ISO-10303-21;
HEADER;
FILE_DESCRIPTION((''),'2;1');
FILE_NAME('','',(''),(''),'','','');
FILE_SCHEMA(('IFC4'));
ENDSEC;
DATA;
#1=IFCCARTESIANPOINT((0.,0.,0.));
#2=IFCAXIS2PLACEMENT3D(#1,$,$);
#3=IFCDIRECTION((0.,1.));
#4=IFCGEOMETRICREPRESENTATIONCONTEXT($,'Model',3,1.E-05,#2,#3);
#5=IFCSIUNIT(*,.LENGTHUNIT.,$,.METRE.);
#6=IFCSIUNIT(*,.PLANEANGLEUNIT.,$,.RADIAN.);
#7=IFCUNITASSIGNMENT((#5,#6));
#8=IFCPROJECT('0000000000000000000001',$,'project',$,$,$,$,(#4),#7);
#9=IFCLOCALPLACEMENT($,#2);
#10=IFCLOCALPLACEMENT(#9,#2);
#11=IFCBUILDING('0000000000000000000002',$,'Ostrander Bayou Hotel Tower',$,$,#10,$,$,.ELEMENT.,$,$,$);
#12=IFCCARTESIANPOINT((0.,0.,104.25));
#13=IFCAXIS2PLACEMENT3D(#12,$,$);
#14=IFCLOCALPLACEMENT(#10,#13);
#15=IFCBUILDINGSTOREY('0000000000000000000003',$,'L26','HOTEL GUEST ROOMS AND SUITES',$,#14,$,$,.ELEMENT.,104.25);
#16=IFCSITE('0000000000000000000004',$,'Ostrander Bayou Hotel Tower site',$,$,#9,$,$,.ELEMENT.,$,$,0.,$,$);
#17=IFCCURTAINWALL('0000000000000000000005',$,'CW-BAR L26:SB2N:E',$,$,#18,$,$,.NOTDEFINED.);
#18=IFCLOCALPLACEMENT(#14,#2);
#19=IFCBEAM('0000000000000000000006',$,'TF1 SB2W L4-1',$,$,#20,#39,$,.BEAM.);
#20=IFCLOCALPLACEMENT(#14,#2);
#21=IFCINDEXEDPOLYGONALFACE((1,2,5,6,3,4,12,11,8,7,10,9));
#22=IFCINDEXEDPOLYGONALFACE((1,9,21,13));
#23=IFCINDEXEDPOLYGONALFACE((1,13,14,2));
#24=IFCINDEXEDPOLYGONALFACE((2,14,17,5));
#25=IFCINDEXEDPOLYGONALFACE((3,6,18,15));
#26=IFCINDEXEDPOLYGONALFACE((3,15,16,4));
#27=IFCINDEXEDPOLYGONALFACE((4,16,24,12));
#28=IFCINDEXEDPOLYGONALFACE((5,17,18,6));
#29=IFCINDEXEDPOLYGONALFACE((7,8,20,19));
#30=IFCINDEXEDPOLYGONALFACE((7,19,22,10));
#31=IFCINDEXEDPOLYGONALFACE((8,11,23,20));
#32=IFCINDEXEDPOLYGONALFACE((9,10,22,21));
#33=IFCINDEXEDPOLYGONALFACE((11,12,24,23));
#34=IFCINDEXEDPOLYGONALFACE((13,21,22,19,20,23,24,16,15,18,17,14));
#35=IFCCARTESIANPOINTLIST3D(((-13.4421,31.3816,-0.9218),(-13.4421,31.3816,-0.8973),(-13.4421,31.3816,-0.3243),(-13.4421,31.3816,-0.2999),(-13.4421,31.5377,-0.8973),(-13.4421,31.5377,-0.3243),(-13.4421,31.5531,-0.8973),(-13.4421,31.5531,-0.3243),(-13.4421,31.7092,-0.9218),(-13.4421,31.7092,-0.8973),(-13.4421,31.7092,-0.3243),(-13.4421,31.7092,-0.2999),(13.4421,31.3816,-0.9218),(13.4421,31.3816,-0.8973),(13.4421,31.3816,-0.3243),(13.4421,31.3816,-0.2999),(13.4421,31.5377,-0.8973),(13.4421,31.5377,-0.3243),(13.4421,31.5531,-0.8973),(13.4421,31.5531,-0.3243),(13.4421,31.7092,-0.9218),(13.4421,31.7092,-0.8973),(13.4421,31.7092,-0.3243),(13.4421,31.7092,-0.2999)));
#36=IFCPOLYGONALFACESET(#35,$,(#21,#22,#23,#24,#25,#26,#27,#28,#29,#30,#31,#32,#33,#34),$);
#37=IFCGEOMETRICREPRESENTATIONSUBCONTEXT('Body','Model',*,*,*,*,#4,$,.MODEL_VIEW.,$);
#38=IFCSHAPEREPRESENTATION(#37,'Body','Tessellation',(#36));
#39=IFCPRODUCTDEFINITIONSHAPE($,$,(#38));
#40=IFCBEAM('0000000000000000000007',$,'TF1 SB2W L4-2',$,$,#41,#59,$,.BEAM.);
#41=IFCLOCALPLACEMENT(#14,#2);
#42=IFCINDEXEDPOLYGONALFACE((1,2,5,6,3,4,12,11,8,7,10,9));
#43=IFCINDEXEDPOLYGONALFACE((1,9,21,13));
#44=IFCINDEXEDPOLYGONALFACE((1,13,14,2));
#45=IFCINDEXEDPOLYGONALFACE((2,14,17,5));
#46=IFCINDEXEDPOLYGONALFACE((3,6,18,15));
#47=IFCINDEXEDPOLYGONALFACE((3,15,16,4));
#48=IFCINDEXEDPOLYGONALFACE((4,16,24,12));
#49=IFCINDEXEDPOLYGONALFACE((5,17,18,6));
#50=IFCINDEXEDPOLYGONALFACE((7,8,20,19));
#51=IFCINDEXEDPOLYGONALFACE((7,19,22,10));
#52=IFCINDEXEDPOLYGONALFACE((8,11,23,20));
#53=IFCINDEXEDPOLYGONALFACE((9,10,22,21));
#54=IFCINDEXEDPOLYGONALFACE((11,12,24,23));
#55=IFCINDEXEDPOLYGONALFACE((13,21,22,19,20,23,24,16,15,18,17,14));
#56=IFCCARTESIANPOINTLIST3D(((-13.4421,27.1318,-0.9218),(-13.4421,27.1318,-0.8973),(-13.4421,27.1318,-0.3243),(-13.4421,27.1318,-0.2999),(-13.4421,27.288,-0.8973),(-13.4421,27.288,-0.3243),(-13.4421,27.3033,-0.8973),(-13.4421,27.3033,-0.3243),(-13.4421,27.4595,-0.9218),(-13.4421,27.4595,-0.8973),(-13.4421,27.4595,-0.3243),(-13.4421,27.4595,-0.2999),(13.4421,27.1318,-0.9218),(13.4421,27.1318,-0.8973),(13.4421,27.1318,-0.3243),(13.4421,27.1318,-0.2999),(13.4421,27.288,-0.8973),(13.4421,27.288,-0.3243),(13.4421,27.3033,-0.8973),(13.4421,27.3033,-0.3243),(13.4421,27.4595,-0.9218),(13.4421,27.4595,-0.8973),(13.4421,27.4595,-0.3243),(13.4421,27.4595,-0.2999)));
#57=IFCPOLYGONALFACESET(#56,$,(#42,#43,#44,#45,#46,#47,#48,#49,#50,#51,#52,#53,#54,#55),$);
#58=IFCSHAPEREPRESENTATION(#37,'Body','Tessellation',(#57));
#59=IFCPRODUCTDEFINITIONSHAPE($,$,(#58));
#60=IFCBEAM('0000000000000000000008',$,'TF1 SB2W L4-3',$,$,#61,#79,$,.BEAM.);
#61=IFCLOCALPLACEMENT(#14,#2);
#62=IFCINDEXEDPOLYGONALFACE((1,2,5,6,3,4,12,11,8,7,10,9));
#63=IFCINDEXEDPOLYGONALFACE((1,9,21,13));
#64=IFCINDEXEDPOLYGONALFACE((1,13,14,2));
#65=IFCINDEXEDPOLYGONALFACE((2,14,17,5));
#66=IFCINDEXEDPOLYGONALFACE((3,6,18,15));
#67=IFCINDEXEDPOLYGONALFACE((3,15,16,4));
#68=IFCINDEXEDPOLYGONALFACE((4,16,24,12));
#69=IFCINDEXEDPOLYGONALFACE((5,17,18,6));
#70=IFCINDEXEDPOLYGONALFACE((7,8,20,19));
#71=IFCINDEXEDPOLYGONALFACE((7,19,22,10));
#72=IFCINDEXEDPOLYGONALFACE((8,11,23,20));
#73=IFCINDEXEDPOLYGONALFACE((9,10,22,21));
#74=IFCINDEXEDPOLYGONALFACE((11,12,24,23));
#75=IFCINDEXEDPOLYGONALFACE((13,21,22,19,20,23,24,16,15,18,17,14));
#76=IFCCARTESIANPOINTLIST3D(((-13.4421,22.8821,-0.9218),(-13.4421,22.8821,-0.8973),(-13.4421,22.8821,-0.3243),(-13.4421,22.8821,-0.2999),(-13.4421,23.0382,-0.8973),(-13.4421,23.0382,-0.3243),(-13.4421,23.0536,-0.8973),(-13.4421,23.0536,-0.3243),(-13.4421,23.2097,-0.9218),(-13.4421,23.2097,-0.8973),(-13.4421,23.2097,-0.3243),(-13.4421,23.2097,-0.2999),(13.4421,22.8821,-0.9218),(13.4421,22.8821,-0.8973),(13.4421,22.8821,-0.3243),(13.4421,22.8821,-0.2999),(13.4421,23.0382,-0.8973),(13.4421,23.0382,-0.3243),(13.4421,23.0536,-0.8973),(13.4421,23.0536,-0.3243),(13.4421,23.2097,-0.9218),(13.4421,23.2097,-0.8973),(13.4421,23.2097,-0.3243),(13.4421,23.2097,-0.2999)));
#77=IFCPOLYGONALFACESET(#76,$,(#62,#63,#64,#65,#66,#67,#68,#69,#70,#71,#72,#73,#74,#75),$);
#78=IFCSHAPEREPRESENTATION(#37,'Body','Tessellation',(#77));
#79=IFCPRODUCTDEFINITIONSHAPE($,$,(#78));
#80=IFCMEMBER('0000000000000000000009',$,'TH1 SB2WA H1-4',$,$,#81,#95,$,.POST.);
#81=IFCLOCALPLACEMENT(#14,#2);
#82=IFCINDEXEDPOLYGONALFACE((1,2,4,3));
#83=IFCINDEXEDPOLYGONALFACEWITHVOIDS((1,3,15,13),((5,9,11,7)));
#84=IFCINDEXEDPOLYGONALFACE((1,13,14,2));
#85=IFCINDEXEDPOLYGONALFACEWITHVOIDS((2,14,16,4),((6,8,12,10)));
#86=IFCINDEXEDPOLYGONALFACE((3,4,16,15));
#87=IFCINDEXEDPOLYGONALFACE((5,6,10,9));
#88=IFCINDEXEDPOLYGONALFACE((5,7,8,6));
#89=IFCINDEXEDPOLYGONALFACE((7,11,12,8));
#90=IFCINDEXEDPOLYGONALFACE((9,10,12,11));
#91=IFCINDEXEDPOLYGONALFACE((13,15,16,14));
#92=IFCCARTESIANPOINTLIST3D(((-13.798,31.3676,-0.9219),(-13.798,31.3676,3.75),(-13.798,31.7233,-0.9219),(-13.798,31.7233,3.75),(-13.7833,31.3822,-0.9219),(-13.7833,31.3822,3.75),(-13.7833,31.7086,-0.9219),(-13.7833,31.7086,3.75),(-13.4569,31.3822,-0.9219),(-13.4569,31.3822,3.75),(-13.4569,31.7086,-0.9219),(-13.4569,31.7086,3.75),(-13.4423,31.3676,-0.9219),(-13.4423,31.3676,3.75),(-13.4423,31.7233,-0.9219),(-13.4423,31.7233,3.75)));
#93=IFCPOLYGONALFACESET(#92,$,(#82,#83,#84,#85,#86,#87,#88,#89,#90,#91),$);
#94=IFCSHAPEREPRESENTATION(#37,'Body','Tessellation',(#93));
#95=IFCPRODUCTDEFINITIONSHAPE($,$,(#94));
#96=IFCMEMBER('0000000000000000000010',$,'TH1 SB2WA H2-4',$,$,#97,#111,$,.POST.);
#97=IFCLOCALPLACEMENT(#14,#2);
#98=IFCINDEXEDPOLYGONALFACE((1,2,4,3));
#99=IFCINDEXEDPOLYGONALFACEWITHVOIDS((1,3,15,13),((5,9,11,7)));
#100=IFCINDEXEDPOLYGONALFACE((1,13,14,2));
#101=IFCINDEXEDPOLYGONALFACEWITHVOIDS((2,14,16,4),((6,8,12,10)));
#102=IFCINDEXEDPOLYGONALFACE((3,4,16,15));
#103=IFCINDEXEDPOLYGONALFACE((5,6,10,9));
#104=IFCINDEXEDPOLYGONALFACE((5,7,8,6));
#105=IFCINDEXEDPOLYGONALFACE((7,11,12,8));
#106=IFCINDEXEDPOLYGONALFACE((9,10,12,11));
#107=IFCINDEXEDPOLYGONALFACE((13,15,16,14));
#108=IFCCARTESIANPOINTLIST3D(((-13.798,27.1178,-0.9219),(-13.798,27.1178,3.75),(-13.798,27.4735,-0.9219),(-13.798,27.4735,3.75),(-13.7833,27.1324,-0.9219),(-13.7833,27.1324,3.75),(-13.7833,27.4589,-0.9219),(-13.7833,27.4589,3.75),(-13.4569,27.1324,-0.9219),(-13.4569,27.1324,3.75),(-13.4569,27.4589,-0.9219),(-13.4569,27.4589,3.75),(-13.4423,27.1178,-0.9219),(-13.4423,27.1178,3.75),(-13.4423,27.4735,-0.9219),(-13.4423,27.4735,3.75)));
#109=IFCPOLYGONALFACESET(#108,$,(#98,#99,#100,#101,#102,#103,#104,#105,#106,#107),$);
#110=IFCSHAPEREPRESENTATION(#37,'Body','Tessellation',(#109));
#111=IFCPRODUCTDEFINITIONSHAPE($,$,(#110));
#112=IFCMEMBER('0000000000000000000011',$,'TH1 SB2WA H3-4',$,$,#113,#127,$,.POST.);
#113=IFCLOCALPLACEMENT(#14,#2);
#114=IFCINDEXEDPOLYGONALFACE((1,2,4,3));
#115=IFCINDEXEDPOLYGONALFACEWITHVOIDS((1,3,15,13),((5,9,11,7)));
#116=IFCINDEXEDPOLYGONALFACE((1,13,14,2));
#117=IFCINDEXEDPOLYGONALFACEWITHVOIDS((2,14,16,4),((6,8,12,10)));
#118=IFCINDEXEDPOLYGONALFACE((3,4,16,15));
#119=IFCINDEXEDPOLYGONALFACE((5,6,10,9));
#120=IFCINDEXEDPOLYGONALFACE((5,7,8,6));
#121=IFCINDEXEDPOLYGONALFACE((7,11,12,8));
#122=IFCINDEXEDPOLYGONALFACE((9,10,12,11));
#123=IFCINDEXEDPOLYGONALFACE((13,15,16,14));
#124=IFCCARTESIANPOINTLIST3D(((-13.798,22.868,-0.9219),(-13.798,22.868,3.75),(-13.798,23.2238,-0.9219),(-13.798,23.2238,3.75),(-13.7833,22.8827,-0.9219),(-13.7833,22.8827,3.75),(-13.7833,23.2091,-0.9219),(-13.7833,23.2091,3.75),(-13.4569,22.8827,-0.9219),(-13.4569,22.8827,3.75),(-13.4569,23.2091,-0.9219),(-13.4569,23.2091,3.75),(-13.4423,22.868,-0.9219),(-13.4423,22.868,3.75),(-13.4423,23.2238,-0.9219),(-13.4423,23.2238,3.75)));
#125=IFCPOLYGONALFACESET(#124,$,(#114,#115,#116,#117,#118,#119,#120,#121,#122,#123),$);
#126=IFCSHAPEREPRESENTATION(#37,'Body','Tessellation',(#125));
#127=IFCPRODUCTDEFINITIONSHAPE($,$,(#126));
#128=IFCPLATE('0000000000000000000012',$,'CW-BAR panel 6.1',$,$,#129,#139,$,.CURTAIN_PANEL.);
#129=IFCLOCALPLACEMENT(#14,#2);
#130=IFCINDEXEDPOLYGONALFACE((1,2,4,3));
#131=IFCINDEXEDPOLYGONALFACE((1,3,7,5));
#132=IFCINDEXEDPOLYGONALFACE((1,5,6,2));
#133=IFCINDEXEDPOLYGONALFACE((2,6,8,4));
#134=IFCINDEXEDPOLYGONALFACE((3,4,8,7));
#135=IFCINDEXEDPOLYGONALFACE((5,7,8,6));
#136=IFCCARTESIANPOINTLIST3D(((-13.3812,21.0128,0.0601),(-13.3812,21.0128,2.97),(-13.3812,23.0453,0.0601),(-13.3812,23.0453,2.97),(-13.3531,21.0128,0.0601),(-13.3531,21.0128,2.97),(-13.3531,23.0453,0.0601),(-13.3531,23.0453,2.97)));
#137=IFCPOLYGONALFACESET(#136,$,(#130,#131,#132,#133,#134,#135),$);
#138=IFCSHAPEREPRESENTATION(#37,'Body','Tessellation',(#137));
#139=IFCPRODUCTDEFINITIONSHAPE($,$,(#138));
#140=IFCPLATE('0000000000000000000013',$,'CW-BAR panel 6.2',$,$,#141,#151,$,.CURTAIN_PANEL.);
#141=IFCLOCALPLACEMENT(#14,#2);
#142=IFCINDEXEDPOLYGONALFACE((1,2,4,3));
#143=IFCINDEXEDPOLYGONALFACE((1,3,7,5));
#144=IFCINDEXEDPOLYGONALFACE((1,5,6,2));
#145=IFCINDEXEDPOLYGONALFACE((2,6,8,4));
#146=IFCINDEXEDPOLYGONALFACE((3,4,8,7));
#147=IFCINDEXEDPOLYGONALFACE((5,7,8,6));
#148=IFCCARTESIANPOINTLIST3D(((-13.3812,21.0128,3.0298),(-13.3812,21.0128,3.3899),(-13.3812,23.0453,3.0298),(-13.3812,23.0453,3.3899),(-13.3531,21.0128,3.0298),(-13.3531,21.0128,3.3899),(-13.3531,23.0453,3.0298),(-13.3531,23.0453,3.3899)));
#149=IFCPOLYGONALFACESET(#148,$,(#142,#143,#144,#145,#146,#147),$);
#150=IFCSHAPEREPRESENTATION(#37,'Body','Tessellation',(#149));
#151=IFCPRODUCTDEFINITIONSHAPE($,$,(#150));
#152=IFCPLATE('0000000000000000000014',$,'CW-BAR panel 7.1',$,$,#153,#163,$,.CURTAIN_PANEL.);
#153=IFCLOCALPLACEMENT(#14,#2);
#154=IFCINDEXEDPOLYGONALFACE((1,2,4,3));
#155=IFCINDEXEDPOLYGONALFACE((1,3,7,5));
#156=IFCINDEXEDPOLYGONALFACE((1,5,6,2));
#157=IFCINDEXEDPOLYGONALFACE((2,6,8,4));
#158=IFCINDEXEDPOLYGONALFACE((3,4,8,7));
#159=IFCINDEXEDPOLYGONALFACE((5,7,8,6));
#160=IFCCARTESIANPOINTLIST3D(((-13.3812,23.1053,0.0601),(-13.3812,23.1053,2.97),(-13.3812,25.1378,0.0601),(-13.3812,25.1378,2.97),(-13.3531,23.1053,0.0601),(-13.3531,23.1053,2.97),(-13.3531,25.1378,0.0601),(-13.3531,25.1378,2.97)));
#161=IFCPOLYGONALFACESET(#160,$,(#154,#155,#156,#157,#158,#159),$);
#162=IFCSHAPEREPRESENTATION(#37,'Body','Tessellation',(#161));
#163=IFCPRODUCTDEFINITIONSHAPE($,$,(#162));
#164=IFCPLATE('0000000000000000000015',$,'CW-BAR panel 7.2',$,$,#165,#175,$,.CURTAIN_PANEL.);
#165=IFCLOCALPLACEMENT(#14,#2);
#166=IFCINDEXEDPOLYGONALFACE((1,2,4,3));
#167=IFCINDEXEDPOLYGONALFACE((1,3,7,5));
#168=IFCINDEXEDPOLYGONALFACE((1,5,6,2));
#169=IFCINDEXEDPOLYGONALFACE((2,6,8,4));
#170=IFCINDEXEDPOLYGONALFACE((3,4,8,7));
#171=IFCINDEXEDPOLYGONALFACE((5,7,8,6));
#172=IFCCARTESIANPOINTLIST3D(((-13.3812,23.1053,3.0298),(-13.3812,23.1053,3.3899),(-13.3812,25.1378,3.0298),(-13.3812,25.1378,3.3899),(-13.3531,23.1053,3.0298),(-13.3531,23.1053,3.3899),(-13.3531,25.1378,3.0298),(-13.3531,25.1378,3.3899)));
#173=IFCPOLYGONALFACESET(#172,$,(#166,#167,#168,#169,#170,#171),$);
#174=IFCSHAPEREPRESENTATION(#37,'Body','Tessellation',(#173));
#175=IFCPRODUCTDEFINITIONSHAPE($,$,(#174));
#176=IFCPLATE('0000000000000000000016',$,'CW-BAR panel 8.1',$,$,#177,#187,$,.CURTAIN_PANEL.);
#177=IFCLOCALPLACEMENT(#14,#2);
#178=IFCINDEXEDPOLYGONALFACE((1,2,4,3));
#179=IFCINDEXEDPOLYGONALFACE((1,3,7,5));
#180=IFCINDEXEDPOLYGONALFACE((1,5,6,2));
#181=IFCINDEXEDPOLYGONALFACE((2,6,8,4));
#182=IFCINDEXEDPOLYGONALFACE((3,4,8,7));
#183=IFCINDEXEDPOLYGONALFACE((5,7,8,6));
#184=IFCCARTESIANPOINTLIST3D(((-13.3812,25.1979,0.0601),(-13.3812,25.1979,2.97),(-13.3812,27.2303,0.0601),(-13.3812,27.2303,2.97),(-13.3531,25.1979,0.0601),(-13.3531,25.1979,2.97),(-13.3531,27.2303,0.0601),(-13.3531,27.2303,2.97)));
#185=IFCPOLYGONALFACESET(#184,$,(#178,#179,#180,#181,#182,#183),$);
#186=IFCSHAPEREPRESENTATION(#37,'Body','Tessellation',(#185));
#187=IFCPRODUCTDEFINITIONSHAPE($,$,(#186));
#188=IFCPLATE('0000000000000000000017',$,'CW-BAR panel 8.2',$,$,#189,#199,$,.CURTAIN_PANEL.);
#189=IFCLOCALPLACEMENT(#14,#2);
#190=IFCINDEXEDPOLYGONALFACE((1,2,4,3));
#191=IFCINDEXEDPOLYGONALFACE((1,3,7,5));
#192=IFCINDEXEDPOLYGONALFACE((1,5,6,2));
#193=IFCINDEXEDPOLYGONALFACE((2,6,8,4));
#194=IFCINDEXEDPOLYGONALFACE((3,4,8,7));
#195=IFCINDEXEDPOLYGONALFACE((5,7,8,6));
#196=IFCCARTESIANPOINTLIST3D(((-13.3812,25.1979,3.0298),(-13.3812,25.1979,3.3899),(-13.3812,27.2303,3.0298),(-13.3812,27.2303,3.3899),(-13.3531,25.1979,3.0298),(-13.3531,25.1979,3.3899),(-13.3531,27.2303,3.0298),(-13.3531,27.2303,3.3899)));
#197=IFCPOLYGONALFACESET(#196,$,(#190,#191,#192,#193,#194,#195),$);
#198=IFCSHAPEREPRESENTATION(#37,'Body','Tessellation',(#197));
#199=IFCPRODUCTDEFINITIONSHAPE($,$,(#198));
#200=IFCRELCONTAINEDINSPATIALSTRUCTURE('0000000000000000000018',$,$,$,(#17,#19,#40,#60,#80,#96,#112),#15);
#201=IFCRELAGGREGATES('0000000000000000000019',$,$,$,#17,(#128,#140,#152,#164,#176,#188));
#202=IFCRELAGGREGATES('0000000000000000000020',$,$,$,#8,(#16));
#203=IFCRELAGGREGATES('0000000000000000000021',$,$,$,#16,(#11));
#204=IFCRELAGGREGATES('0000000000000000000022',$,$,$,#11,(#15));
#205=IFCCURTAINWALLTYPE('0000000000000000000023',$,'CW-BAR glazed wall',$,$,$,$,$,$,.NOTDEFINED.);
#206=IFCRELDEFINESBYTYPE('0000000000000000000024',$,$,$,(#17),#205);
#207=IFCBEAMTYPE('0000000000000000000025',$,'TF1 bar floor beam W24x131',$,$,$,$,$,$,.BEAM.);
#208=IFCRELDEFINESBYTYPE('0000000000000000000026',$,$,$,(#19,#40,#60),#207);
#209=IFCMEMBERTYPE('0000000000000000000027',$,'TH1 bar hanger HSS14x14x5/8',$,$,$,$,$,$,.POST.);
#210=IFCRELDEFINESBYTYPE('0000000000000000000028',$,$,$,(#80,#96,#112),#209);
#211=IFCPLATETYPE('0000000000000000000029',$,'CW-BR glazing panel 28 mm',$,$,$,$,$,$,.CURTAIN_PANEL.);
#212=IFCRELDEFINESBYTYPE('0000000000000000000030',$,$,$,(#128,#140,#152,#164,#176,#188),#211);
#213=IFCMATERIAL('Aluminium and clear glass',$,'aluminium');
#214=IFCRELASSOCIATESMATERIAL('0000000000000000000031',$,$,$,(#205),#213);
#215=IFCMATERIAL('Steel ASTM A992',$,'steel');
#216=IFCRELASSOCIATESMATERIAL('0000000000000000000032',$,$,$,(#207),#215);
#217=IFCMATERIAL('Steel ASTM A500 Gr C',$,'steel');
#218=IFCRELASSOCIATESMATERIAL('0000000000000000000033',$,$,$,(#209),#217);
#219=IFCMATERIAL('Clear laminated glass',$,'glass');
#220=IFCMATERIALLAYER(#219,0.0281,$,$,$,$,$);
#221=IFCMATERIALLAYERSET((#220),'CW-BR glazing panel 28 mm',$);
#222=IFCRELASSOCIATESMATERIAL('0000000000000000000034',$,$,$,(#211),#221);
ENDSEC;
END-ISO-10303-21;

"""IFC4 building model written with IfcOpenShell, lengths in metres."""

from ifc_helpers import new_model, si_unit, direction, frame, origin, origin_2d, place, context, subcontext, project, spatial, rectangle, hollow_rectangle, i_section, extrude, material, layer, layer_set, material_profile, profile_set, type_object, element, aggregate, save


model = new_model("IFC4")

# Units and contexts
model_context = context("Model", 3, precision=1e-05, world=origin(), true_north=direction((0.0, 1.0)))
body_context = subcontext(model_context, "Body", "Model", "MODEL_VIEW")
ifc_project = project(units=[si_unit("LENGTHUNIT", "METRE"), si_unit("PLANEANGLEUNIT", "RADIAN")], contexts=[model_context])

# Site, building, storey
site_placement = place(None, origin())
site = spatial("IfcSite", under=ifc_project, at=site_placement, Name="Ostrander Bayou Hotel Tower site", CompositionType="ELEMENT", RefElevation=0.0)
building_placement = place(site_placement, origin())
building = spatial("IfcBuilding", under=site, at=building_placement, Name="Ostrander Bayou Hotel Tower", CompositionType="ELEMENT")
storey_placement = place(building_placement, frame((0.0, 0.0, 104.25)))
storey = spatial("IfcBuildingStorey", under=building, at=storey_placement, Name="L26", Description="HOTEL GUEST ROOMS AND SUITES", CompositionType="ELEMENT", Elevation=104.25)

# Curtain wall
ifc_material_1 = material(Name="Aluminium and clear glass", Category="aluminium")
curtain_wall_type = type_object("IfcCurtainWallType", Name="CW-BAR glazed wall", PredefinedType="NOTDEFINED", material=ifc_material_1)
curtain_wall_1_placement = place(storey_placement, origin())
curtain_wall_1 = element("IfcCurtainWall", 1, at=curtain_wall_1_placement, inside=storey, type_object=curtain_wall_type, Name="CW-BAR L26:SB2N:E", PredefinedType="NOTDEFINED")

# Beams
ifc_material_2 = material(Name="Steel ASTM A992", Category="steel")
ifc_material_profile_1 = material_profile(ifc_material_2, i_section(OverallWidth=0.3276, OverallDepth=0.6218, WebThickness=0.0154, FlangeThickness=0.0244, at=origin_2d()))
ifc_profile_set_1 = profile_set([ifc_material_profile_1], Name="Steel ASTM A992")
beam_type = type_object("IfcBeamType", Name="TF1 bar floor beam W24x131", PredefinedType="BEAM", material=ifc_profile_set_1)
for number, where, z_axis, x_axis, name in (
    (2, (-13.4421, 31.5454, -0.6108), (1.0, 0.0, 0.0), (0.0, 1.0, 0.0), "TF1 SB2W L4-1"),
    (3, (-13.4421, 27.2957, -0.6108), (1.0, 0.0, 0.0), (0.0, 1.0, 0.0), "TF1 SB2W L4-2"),
    (4, (-13.4421, 23.0459, -0.6108), (1.0, 0.0, 0.0), (0.0, 1.0, 0.0), "TF1 SB2W L4-3"),
):
    element("IfcBeam", number, at=place(storey_placement, frame(where, z_axis=z_axis, x_axis=x_axis)), inside=storey, type_object=beam_type, Name=name, PredefinedType="BEAM", context=body_context, shape_type="SweptSolid", body=[
        extrude(i_section(OverallWidth=0.3276, OverallDepth=0.6218, WebThickness=0.0154, FlangeThickness=0.0244, at=origin_2d()), origin(), (0.0, 0.0, 1.0), 26.8843),
    ])

# Members
ifc_material_3 = material(Name="Steel ASTM A500 Gr C", Category="steel")
ifc_material_profile_2 = material_profile(ifc_material_3, hollow_rectangle(XDim=0.3557, YDim=0.3557, WallThickness=0.0146, at=origin_2d()))
ifc_profile_set_2 = profile_set([ifc_material_profile_2], Name="Steel ASTM A500 Gr C")
member_type_1 = type_object("IfcMemberType", Name="TH1 bar hanger HSS14x14x5/8", PredefinedType="POST", material=ifc_profile_set_2)
for number, where, z_axis, x_axis, name in (
    (5, (-13.6201, 31.5454, -0.9219), (0.0, 0.0, 1.0), (1.0, 0.0, 0.0), "TH1 SB2WA H1-4"),
    (6, (-13.6201, 27.2957, -0.9219), (0.0, 0.0, 1.0), (1.0, 0.0, 0.0), "TH1 SB2WA H2-4"),
    (7, (-13.6201, 23.0459, -0.9219), (0.0, 0.0, 1.0), (1.0, 0.0, 0.0), "TH1 SB2WA H3-4"),
):
    element("IfcMember", number, at=place(storey_placement, frame(where, z_axis=z_axis, x_axis=x_axis)), inside=storey, type_object=member_type_1, Name=name, PredefinedType="POST", context=body_context, shape_type="SweptSolid", body=[
        extrude(hollow_rectangle(XDim=0.3557, YDim=0.3557, WallThickness=0.0146, at=origin_2d()), origin(), (0.0, 0.0, 1.0), 4.6719),
    ])

# Plates
ifc_material_4 = material(Name="Clear laminated glass", Category="glass")
ifc_layer_1 = layer(ifc_material_4, 0.0281)
ifc_layer_set_1 = layer_set([ifc_layer_1], Name="CW-BR glazing panel 28 mm")
plate_type = type_object("IfcPlateType", Name="CW-BR glazing panel 28 mm", PredefinedType="CURTAIN_PANEL", material=ifc_layer_set_1)
plate_1_placement = place(storey_placement, frame((-13.3672, 22.0291, 0.0601), z_axis=(0.0, 0.0, 1.0), x_axis=(0.0, 1.0, 0.0)))
plate_1 = element("IfcPlate", 8, at=plate_1_placement, type_object=plate_type, Name="CW-BAR panel 6.1", PredefinedType="CURTAIN_PANEL", context=body_context, shape_type="SweptSolid", body=[
    extrude(rectangle(XDim=2.0325, YDim=0.0281, at=origin_2d()), origin(), (0.0, 0.0, 1.0), 2.9099),
])
plate_2_placement = place(storey_placement, frame((-13.3672, 22.0291, 3.0298), z_axis=(0.0, 0.0, 1.0), x_axis=(0.0, 1.0, 0.0)))
plate_2 = element("IfcPlate", 9, at=plate_2_placement, type_object=plate_type, Name="CW-BAR panel 6.2", PredefinedType="CURTAIN_PANEL", context=body_context, shape_type="SweptSolid", body=[
    extrude(rectangle(XDim=2.0325, YDim=0.0281, at=origin_2d()), origin(), (0.0, 0.0, 1.0), 0.3601),
])
plate_3_placement = place(storey_placement, frame((-13.3672, 24.1216, 0.0601), z_axis=(0.0, 0.0, 1.0), x_axis=(0.0, 1.0, 0.0)))
plate_3 = element("IfcPlate", 10, at=plate_3_placement, type_object=plate_type, Name="CW-BAR panel 7.1", PredefinedType="CURTAIN_PANEL", context=body_context, shape_type="SweptSolid", body=[
    extrude(rectangle(XDim=2.0325, YDim=0.0281, at=origin_2d()), origin(), (0.0, 0.0, 1.0), 2.9099),
])
plate_4_placement = place(storey_placement, frame((-13.3672, 24.1216, 3.0298), z_axis=(0.0, 0.0, 1.0), x_axis=(0.0, 1.0, 0.0)))
plate_4 = element("IfcPlate", 11, at=plate_4_placement, type_object=plate_type, Name="CW-BAR panel 7.2", PredefinedType="CURTAIN_PANEL", context=body_context, shape_type="SweptSolid", body=[
    extrude(rectangle(XDim=2.0325, YDim=0.0281, at=origin_2d()), origin(), (0.0, 0.0, 1.0), 0.3601),
])
plate_5_placement = place(storey_placement, frame((-13.3672, 26.2141, 0.0601), z_axis=(0.0, 0.0, 1.0), x_axis=(0.0, 1.0, 0.0)))
plate_5 = element("IfcPlate", 12, at=plate_5_placement, type_object=plate_type, Name="CW-BAR panel 8.1", PredefinedType="CURTAIN_PANEL", context=body_context, shape_type="SweptSolid", body=[
    extrude(rectangle(XDim=2.0325, YDim=0.0281, at=origin_2d()), origin(), (0.0, 0.0, 1.0), 2.9099),
])
plate_6_placement = place(storey_placement, frame((-13.3672, 26.2141, 3.0298), z_axis=(0.0, 0.0, 1.0), x_axis=(0.0, 1.0, 0.0)))
plate_6 = element("IfcPlate", 13, at=plate_6_placement, type_object=plate_type, Name="CW-BAR panel 8.2", PredefinedType="CURTAIN_PANEL", context=body_context, shape_type="SweptSolid", body=[
    extrude(rectangle(XDim=2.0325, YDim=0.0281, at=origin_2d()), origin(), (0.0, 0.0, 1.0), 0.3601),
])
aggregate(curtain_wall_1, [plate_1, plate_2, plate_3, plate_4, plate_5, plate_6])

save(model, "model.ifc")
